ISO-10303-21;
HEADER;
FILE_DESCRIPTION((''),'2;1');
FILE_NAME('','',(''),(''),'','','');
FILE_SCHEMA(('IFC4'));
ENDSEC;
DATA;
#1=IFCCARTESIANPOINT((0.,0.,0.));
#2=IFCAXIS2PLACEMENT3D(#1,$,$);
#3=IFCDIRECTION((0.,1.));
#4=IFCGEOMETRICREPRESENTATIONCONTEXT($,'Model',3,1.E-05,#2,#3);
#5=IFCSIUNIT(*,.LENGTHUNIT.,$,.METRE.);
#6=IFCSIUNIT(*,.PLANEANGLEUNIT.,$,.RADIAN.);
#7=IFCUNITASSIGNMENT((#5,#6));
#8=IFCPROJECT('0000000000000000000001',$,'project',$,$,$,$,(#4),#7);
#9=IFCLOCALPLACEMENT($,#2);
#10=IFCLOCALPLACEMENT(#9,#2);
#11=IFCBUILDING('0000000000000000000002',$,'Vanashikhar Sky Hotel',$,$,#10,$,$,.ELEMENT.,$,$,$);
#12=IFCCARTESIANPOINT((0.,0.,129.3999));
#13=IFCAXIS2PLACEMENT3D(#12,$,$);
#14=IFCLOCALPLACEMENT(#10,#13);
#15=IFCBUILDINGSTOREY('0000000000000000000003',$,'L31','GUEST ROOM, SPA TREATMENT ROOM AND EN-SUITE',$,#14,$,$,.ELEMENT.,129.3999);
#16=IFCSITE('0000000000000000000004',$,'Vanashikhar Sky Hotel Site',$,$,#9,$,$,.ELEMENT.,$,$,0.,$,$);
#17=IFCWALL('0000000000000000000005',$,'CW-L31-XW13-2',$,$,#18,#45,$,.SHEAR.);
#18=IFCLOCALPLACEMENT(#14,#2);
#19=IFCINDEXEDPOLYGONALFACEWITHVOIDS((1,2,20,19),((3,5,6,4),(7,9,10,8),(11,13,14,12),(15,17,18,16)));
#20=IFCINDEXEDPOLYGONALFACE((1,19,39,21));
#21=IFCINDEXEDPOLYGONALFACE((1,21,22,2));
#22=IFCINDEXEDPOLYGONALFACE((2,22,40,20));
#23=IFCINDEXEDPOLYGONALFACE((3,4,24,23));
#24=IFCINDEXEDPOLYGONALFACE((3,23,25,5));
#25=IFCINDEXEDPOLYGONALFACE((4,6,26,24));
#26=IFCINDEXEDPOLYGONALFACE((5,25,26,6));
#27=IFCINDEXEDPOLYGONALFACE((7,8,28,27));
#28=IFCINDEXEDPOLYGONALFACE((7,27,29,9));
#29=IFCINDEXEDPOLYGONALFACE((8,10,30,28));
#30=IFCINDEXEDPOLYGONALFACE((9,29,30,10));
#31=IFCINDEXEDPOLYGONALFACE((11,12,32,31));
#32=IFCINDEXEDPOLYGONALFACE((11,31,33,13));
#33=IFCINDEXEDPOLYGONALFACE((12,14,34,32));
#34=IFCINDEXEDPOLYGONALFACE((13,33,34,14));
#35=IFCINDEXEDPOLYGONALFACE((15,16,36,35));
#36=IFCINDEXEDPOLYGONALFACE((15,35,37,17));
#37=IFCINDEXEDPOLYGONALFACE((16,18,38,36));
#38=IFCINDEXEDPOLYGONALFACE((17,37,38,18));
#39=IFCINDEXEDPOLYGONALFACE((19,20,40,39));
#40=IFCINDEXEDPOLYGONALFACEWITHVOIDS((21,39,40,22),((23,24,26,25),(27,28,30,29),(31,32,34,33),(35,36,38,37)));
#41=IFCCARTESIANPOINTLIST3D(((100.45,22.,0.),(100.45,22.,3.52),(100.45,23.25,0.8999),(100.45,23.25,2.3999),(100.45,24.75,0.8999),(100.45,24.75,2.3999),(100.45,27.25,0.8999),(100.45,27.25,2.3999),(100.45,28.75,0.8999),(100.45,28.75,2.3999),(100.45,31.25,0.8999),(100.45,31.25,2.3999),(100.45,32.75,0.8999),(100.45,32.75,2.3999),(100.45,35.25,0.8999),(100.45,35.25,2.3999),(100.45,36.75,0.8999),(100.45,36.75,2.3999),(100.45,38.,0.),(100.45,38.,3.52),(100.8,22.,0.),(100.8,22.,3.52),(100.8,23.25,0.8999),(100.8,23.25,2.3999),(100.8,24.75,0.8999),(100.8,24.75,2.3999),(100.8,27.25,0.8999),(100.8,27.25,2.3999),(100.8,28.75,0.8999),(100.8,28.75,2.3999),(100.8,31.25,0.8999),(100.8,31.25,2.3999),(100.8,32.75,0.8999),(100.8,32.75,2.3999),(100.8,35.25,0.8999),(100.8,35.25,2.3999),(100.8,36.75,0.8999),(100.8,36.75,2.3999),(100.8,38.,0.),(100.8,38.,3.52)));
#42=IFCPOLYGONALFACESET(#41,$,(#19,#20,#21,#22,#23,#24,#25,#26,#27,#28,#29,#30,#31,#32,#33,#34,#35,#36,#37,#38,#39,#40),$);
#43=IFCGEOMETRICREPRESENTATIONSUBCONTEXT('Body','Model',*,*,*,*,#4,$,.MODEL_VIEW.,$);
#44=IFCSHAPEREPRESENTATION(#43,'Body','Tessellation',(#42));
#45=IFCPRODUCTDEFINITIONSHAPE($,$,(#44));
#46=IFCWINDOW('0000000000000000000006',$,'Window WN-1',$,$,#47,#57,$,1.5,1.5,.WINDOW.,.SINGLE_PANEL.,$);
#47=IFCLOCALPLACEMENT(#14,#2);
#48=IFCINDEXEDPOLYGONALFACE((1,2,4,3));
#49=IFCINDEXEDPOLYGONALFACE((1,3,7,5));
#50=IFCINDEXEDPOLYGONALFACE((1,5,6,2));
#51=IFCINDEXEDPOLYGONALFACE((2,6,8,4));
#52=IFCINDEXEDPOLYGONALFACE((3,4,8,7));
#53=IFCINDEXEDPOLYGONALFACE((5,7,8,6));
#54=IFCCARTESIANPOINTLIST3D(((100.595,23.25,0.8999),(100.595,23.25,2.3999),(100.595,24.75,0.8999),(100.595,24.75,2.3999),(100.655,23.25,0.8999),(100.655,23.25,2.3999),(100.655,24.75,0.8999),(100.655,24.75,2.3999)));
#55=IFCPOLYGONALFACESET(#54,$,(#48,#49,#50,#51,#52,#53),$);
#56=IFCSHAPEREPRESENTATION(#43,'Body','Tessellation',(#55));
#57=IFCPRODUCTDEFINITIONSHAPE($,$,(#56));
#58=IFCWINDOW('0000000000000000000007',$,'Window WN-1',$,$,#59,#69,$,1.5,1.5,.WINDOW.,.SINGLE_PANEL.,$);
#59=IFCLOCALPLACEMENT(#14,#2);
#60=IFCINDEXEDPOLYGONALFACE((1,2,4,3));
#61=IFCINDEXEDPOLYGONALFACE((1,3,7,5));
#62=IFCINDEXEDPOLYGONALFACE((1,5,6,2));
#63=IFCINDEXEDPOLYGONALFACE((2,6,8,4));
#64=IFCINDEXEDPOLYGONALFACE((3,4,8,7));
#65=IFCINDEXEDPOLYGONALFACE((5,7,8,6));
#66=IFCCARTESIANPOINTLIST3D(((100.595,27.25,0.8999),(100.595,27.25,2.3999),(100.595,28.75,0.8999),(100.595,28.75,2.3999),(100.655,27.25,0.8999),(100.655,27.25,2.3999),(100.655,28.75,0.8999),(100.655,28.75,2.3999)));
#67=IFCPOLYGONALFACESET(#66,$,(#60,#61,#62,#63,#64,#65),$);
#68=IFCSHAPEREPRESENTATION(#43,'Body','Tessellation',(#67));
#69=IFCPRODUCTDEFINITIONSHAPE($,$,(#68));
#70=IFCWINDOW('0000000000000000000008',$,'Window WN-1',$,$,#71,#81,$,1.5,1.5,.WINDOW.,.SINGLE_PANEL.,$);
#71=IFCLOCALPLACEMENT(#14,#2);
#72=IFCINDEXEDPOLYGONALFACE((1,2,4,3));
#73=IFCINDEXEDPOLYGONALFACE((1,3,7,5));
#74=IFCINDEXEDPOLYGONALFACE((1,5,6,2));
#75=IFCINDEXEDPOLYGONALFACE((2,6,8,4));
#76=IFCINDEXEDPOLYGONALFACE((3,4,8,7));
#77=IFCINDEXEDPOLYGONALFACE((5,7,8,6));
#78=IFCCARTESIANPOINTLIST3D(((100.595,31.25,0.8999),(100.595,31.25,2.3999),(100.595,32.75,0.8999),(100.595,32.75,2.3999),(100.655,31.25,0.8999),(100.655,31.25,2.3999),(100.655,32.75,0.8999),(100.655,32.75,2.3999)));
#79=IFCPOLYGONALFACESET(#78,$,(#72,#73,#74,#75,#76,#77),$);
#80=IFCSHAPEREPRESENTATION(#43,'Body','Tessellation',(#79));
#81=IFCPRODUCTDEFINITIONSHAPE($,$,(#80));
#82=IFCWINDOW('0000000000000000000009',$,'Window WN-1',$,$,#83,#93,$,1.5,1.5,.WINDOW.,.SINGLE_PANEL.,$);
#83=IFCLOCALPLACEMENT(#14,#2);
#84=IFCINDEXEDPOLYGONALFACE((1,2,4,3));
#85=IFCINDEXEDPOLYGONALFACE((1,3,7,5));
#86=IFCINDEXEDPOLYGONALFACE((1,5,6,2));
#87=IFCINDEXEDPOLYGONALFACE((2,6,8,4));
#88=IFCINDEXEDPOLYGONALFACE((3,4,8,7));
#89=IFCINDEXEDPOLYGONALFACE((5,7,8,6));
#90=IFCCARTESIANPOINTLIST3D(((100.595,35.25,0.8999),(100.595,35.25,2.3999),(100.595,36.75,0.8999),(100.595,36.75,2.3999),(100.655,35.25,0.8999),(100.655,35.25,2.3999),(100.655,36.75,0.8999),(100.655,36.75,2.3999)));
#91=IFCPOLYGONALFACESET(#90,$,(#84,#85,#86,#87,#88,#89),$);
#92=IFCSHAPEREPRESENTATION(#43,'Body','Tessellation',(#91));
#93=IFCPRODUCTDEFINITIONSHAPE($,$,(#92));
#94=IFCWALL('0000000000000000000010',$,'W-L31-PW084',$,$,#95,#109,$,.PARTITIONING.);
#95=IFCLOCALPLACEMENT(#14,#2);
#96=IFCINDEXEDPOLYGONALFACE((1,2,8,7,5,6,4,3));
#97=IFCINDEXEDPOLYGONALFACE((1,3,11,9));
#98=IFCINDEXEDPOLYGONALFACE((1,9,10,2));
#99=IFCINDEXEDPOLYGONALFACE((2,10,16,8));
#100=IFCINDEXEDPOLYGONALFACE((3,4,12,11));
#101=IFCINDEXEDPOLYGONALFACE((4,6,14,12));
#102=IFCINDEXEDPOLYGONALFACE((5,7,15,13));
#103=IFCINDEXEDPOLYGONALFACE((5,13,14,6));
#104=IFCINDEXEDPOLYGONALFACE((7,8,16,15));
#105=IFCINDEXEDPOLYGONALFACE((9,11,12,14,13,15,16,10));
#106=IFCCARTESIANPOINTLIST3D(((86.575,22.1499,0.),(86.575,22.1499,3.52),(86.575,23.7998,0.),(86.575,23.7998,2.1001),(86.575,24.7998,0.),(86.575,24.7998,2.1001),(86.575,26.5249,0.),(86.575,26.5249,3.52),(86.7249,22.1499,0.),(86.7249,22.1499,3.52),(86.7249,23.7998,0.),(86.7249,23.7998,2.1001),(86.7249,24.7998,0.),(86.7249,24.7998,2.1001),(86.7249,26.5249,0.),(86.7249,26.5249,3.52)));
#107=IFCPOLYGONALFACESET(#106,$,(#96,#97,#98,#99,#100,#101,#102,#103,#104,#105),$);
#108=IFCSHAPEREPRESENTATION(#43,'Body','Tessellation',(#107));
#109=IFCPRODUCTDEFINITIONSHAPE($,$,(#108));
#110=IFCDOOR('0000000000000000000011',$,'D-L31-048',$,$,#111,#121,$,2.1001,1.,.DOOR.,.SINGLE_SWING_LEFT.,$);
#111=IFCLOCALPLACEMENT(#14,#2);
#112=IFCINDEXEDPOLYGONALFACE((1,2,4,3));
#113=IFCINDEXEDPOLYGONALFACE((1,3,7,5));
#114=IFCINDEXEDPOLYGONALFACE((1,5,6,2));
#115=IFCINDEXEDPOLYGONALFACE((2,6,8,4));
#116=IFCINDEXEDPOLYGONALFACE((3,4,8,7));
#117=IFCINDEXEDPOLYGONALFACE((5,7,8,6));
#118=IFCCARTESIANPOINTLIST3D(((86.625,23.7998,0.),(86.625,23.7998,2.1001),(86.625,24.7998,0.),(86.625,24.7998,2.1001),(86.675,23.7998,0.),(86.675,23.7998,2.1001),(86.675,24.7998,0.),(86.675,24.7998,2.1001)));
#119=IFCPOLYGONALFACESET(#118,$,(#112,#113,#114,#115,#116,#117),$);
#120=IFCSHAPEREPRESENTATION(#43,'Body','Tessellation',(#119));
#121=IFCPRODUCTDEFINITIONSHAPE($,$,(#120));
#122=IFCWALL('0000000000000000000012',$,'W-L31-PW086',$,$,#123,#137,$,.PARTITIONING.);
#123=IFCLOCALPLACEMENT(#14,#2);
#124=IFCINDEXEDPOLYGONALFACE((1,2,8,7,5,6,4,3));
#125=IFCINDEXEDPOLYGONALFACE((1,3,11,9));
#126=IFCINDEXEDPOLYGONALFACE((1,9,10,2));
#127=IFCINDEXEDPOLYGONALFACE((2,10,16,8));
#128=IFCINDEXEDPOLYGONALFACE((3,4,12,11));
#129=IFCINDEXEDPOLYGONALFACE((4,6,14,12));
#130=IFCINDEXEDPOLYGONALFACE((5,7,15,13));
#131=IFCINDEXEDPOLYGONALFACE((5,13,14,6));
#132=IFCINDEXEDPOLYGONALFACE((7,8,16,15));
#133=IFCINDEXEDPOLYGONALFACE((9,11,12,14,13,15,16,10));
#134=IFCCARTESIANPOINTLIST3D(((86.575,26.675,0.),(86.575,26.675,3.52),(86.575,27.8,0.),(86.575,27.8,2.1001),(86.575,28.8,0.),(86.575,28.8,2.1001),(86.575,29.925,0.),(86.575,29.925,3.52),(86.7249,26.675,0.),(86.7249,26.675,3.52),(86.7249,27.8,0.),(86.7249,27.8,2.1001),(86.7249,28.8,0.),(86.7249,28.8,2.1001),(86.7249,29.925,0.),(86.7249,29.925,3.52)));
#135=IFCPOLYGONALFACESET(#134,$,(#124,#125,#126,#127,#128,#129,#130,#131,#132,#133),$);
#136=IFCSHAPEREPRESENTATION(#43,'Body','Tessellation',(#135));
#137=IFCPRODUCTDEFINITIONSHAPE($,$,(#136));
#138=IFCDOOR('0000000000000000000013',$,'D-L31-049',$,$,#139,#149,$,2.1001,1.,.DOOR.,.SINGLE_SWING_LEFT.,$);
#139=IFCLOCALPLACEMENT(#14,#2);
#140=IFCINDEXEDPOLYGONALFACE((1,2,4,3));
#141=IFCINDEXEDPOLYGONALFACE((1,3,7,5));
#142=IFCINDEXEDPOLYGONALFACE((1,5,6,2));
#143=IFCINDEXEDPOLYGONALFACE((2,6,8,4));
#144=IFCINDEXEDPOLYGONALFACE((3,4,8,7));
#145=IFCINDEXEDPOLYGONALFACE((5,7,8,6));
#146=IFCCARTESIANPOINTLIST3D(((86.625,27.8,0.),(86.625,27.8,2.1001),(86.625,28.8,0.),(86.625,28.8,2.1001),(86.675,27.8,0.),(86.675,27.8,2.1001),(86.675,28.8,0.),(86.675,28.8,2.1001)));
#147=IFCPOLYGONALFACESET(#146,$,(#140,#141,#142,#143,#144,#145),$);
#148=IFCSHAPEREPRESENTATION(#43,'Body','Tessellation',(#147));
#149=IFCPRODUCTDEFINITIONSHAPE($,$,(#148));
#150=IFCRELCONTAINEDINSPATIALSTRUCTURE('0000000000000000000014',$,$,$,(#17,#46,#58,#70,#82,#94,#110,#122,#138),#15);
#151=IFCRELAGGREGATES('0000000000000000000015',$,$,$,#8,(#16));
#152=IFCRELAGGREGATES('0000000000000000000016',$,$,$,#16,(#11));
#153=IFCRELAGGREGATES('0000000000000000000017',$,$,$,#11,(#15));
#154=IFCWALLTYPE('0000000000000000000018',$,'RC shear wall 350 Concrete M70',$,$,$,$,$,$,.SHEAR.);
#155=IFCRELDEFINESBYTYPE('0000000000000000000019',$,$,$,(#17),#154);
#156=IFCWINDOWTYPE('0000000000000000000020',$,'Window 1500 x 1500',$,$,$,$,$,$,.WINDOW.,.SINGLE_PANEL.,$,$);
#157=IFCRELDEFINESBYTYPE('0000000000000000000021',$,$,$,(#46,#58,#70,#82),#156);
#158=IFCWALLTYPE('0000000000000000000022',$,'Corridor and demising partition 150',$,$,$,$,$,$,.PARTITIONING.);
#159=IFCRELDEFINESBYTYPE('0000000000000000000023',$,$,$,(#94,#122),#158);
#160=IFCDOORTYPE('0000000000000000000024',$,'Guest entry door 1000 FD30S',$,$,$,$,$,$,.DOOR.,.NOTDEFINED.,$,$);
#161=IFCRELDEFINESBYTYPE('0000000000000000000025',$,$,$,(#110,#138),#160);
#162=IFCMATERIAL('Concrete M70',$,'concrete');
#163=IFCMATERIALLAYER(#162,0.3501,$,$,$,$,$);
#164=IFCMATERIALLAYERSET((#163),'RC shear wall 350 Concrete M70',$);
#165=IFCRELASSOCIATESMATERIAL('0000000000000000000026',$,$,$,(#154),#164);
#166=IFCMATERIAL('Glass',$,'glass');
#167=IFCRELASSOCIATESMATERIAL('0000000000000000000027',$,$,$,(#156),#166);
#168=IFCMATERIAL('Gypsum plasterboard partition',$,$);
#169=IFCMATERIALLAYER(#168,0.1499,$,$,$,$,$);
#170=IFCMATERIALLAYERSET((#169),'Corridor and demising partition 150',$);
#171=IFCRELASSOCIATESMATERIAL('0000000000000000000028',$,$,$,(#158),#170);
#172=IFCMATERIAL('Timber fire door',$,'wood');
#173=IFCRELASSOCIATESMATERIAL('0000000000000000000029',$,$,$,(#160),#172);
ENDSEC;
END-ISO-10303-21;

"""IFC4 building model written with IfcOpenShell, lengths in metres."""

from ifc_helpers import new_model, si_unit, direction, frame, frame_2d, origin, place, context, subcontext, project, spatial, rectangle, extrude, source, transform, mapped, material, layer, layer_set, type_object, element, fill, save


model = new_model("IFC4")

# Units and contexts
model_context = context("Model", 3, precision=1e-05, world=origin(), true_north=direction((0.0, 1.0)))
body_context = subcontext(model_context, "Body", "Model", "MODEL_VIEW")
ifc_project = project(units=[si_unit("LENGTHUNIT", "METRE"), si_unit("PLANEANGLEUNIT", "RADIAN")], contexts=[model_context])

# Site, building, storey
site_placement = place(None, origin())
site = spatial("IfcSite", under=ifc_project, at=site_placement, Name="Vanashikhar Sky Hotel Site", CompositionType="ELEMENT", RefElevation=0.0)
building_placement = place(site_placement, origin())
building = spatial("IfcBuilding", under=site, at=building_placement, Name="Vanashikhar Sky Hotel", CompositionType="ELEMENT")
storey_placement = place(building_placement, frame((0.0, 0.0, 129.3999)))
storey = spatial("IfcBuildingStorey", under=building, at=storey_placement, Name="L31", Description="GUEST ROOM, SPA TREATMENT ROOM AND EN-SUITE", CompositionType="ELEMENT", Elevation=129.3999)

# Wall, openings, windows
ifc_material_1 = material(Name="Concrete M70", Category="concrete")
ifc_layer_1 = layer(ifc_material_1, 0.3501)
ifc_layer_set_1 = layer_set([ifc_layer_1], Name="RC shear wall 350 Concrete M70")
wall_type_1 = type_object("IfcWallType", Name="RC shear wall 350 Concrete M70", PredefinedType="SHEAR", material=ifc_layer_set_1)
shared_shape_1 = source(origin(), body_context, "Body", "SweptSolid", [
    extrude(rectangle(XDim=16.0, YDim=0.3501, at=frame_2d((8.0, 0.0))), origin(), (0.0, 0.0, 1.0), 3.52),
])
wall_1_placement = place(storey_placement, frame((100.625, 22.0, 0.0), z_axis=(0.0, 0.0, 1.0), x_axis=(0.0, 1.0, 0.0)))
wall_1 = element("IfcWall", 1, at=wall_1_placement, inside=storey, type_object=wall_type_1, Name="CW-L31-XW13-2", PredefinedType="SHEAR", context=body_context, shape_type="MappedRepresentation", body=[
    mapped(shared_shape_1, transform((0.0, 0.0, 0.0), scale=1.0)),
])
shared_shape_2 = source(origin(), body_context, "Body", "SweptSolid", [
    extrude(rectangle(XDim=1.5, YDim=1.5, at=frame_2d((0.75, 0.75))), frame((0.0, 0.1851, 0.0), z_axis=(0.0, -1.0, 0.0), x_axis=(1.0, 0.0, 0.0)), (0.0, 0.0, 1.0), 0.3701),
])
opening_1_placement = place(wall_1_placement, frame((1.25, 0.0, 0.8999)))
opening_1 = element("IfcOpeningElement", 2, at=opening_1_placement, cuts=wall_1, PredefinedType="OPENING", context=body_context, shape_type="MappedRepresentation", body=[
    mapped(shared_shape_2, transform((0.0, 0.0, 0.0), scale=1.0)),
])
opening_2_placement = place(wall_1_placement, frame((5.25, 0.0, 0.8999)))
opening_2 = element("IfcOpeningElement", 3, at=opening_2_placement, cuts=wall_1, PredefinedType="OPENING", context=body_context, shape_type="MappedRepresentation", body=[
    mapped(shared_shape_2, transform((0.0, 0.0, 0.0), scale=1.0)),
])
opening_3_placement = place(wall_1_placement, frame((9.25, 0.0, 0.8999)))
opening_3 = element("IfcOpeningElement", 4, at=opening_3_placement, cuts=wall_1, PredefinedType="OPENING", context=body_context, shape_type="MappedRepresentation", body=[
    mapped(shared_shape_2, transform((0.0, 0.0, 0.0), scale=1.0)),
])
opening_4_placement = place(wall_1_placement, frame((13.25, 0.0, 0.8999)))
opening_4 = element("IfcOpeningElement", 5, at=opening_4_placement, cuts=wall_1, PredefinedType="OPENING", context=body_context, shape_type="MappedRepresentation", body=[
    mapped(shared_shape_2, transform((0.0, 0.0, 0.0), scale=1.0)),
])
ifc_material_2 = material(Name="Glass", Category="glass")
window_type = type_object("IfcWindowType", Name="Window 1500 x 1500", PartitioningType="SINGLE_PANEL", PredefinedType="WINDOW", material=ifc_material_2)
shared_shape_3 = source(origin(), body_context, "Body", "SweptSolid", [
    extrude(rectangle(XDim=1.5, YDim=1.5, at=frame_2d((0.75, 0.75))), frame((0.0, 0.03, 0.0), z_axis=(0.0, -1.0, 0.0), x_axis=(1.0, 0.0, 0.0)), (0.0, 0.0, 1.0), 0.0601),
])
window_1_placement = place(opening_1_placement, origin())
window_1 = element("IfcWindow", 6, at=window_1_placement, inside=storey, type_object=window_type, Name="Window WN-1", OverallHeight=1.5, OverallWidth=1.5, PartitioningType="SINGLE_PANEL", PredefinedType="WINDOW", context=body_context, shape_type="MappedRepresentation", body=[
    mapped(shared_shape_3, transform((0.0, 0.0, 0.0), scale=1.0)),
])
fill(opening_1, window_1)
window_2_placement = place(opening_2_placement, origin())
window_2 = element("IfcWindow", 7, at=window_2_placement, inside=storey, type_object=window_type, Name="Window WN-1", OverallHeight=1.5, OverallWidth=1.5, PartitioningType="SINGLE_PANEL", PredefinedType="WINDOW", context=body_context, shape_type="MappedRepresentation", body=[
    mapped(shared_shape_3, transform((0.0, 0.0, 0.0), scale=1.0)),
])
fill(opening_2, window_2)
window_3_placement = place(opening_3_placement, origin())
window_3 = element("IfcWindow", 8, at=window_3_placement, inside=storey, type_object=window_type, Name="Window WN-1", OverallHeight=1.5, OverallWidth=1.5, PartitioningType="SINGLE_PANEL", PredefinedType="WINDOW", context=body_context, shape_type="MappedRepresentation", body=[
    mapped(shared_shape_3, transform((0.0, 0.0, 0.0), scale=1.0)),
])
fill(opening_3, window_3)
window_4_placement = place(opening_4_placement, origin())
window_4 = element("IfcWindow", 9, at=window_4_placement, inside=storey, type_object=window_type, Name="Window WN-1", OverallHeight=1.5, OverallWidth=1.5, PartitioningType="SINGLE_PANEL", PredefinedType="WINDOW", context=body_context, shape_type="MappedRepresentation", body=[
    mapped(shared_shape_3, transform((0.0, 0.0, 0.0), scale=1.0)),
])
fill(opening_4, window_4)

# Walls, openings, doors
ifc_material_3 = material(Name="Gypsum plasterboard partition")
ifc_layer_2 = layer(ifc_material_3, 0.1499)
ifc_layer_set_2 = layer_set([ifc_layer_2], Name="Corridor and demising partition 150")
wall_type_2 = type_object("IfcWallType", Name="Corridor and demising partition 150", PredefinedType="PARTITIONING", material=ifc_layer_set_2)
shared_shape_4 = source(origin(), body_context, "Body", "SweptSolid", [
    extrude(rectangle(XDim=4.375, YDim=0.1499, at=frame_2d((2.1875, 0.0))), origin(), (0.0, 0.0, 1.0), 3.52),
])
wall_2_placement = place(storey_placement, frame((86.6499, 22.1499, 0.0), z_axis=(0.0, 0.0, 1.0), x_axis=(0.0, 1.0, 0.0)))
wall_2 = element("IfcWall", 10, at=wall_2_placement, inside=storey, type_object=wall_type_2, Name="W-L31-PW084", PredefinedType="PARTITIONING", context=body_context, shape_type="MappedRepresentation", body=[
    mapped(shared_shape_4, transform((0.0, 0.0, 0.0), scale=1.0)),
])
shared_shape_5 = source(origin(), body_context, "Body", "SweptSolid", [
    extrude(rectangle(XDim=1.0, YDim=2.1001, at=frame_2d((0.5, 1.05))), frame((0.0, 0.085, 0.0), z_axis=(0.0, -1.0, 0.0), x_axis=(1.0, 0.0, 0.0)), (0.0, 0.0, 1.0), 0.1699),
])
opening_5_placement = place(wall_2_placement, frame((1.6499, 0.0, 0.0)))
opening_5 = element("IfcOpeningElement", 11, at=opening_5_placement, cuts=wall_2, PredefinedType="OPENING", context=body_context, shape_type="MappedRepresentation", body=[
    mapped(shared_shape_5, transform((0.0, 0.0, 0.0), scale=1.0)),
])
ifc_material_4 = material(Name="Timber fire door", Category="wood")
door_type_1 = type_object("IfcDoorType", Name="Guest entry door 1000 FD30S", OperationType="NOTDEFINED", PredefinedType="DOOR", material=ifc_material_4)
shared_shape_6 = source(origin(), body_context, "Body", "SweptSolid", [
    extrude(rectangle(XDim=1.0, YDim=2.1001, at=frame_2d((0.5, 1.05))), frame((0.0, 0.0249, 0.0), z_axis=(0.0, -1.0, 0.0), x_axis=(1.0, 0.0, 0.0)), (0.0, 0.0, 1.0), 0.05),
])
door_1_placement = place(opening_5_placement, origin())
door_1 = element("IfcDoor", 12, at=door_1_placement, inside=storey, type_object=door_type_1, Name="D-L31-048", OperationType="SINGLE_SWING_LEFT", OverallHeight=2.1001, OverallWidth=1.0, PredefinedType="DOOR", context=body_context, shape_type="MappedRepresentation", body=[
    mapped(shared_shape_6, transform((0.0, 0.0, 0.0), scale=1.0)),
])
fill(opening_5, door_1)
shared_shape_7 = source(origin(), body_context, "Body", "SweptSolid", [
    extrude(rectangle(XDim=3.25, YDim=0.1499, at=frame_2d((1.625, 0.0))), origin(), (0.0, 0.0, 1.0), 3.52),
])
wall_3_placement = place(storey_placement, frame((86.6499, 26.675, 0.0), z_axis=(0.0, 0.0, 1.0), x_axis=(0.0, 1.0, 0.0)))
wall_3 = element("IfcWall", 13, at=wall_3_placement, inside=storey, type_object=wall_type_2, Name="W-L31-PW086", PredefinedType="PARTITIONING", context=body_context, shape_type="MappedRepresentation", body=[
    mapped(shared_shape_7, transform((0.0, 0.0, 0.0), scale=1.0)),
])
opening_6_placement = place(wall_3_placement, frame((1.125, 0.0, 0.0)))
opening_6 = element("IfcOpeningElement", 14, at=opening_6_placement, cuts=wall_3, PredefinedType="OPENING", context=body_context, shape_type="MappedRepresentation", body=[
    mapped(shared_shape_5, transform((0.0, 0.0, 0.0), scale=1.0)),
])
door_2_placement = place(opening_6_placement, origin())
door_2 = element("IfcDoor", 15, at=door_2_placement, inside=storey, type_object=door_type_1, Name="D-L31-049", OperationType="SINGLE_SWING_LEFT", OverallHeight=2.1001, OverallWidth=1.0, PredefinedType="DOOR", context=body_context, shape_type="MappedRepresentation", body=[
    mapped(shared_shape_6, transform((0.0, 0.0, 0.0), scale=1.0)),
])
fill(opening_6, door_2)

save(model, "model.ifc")
